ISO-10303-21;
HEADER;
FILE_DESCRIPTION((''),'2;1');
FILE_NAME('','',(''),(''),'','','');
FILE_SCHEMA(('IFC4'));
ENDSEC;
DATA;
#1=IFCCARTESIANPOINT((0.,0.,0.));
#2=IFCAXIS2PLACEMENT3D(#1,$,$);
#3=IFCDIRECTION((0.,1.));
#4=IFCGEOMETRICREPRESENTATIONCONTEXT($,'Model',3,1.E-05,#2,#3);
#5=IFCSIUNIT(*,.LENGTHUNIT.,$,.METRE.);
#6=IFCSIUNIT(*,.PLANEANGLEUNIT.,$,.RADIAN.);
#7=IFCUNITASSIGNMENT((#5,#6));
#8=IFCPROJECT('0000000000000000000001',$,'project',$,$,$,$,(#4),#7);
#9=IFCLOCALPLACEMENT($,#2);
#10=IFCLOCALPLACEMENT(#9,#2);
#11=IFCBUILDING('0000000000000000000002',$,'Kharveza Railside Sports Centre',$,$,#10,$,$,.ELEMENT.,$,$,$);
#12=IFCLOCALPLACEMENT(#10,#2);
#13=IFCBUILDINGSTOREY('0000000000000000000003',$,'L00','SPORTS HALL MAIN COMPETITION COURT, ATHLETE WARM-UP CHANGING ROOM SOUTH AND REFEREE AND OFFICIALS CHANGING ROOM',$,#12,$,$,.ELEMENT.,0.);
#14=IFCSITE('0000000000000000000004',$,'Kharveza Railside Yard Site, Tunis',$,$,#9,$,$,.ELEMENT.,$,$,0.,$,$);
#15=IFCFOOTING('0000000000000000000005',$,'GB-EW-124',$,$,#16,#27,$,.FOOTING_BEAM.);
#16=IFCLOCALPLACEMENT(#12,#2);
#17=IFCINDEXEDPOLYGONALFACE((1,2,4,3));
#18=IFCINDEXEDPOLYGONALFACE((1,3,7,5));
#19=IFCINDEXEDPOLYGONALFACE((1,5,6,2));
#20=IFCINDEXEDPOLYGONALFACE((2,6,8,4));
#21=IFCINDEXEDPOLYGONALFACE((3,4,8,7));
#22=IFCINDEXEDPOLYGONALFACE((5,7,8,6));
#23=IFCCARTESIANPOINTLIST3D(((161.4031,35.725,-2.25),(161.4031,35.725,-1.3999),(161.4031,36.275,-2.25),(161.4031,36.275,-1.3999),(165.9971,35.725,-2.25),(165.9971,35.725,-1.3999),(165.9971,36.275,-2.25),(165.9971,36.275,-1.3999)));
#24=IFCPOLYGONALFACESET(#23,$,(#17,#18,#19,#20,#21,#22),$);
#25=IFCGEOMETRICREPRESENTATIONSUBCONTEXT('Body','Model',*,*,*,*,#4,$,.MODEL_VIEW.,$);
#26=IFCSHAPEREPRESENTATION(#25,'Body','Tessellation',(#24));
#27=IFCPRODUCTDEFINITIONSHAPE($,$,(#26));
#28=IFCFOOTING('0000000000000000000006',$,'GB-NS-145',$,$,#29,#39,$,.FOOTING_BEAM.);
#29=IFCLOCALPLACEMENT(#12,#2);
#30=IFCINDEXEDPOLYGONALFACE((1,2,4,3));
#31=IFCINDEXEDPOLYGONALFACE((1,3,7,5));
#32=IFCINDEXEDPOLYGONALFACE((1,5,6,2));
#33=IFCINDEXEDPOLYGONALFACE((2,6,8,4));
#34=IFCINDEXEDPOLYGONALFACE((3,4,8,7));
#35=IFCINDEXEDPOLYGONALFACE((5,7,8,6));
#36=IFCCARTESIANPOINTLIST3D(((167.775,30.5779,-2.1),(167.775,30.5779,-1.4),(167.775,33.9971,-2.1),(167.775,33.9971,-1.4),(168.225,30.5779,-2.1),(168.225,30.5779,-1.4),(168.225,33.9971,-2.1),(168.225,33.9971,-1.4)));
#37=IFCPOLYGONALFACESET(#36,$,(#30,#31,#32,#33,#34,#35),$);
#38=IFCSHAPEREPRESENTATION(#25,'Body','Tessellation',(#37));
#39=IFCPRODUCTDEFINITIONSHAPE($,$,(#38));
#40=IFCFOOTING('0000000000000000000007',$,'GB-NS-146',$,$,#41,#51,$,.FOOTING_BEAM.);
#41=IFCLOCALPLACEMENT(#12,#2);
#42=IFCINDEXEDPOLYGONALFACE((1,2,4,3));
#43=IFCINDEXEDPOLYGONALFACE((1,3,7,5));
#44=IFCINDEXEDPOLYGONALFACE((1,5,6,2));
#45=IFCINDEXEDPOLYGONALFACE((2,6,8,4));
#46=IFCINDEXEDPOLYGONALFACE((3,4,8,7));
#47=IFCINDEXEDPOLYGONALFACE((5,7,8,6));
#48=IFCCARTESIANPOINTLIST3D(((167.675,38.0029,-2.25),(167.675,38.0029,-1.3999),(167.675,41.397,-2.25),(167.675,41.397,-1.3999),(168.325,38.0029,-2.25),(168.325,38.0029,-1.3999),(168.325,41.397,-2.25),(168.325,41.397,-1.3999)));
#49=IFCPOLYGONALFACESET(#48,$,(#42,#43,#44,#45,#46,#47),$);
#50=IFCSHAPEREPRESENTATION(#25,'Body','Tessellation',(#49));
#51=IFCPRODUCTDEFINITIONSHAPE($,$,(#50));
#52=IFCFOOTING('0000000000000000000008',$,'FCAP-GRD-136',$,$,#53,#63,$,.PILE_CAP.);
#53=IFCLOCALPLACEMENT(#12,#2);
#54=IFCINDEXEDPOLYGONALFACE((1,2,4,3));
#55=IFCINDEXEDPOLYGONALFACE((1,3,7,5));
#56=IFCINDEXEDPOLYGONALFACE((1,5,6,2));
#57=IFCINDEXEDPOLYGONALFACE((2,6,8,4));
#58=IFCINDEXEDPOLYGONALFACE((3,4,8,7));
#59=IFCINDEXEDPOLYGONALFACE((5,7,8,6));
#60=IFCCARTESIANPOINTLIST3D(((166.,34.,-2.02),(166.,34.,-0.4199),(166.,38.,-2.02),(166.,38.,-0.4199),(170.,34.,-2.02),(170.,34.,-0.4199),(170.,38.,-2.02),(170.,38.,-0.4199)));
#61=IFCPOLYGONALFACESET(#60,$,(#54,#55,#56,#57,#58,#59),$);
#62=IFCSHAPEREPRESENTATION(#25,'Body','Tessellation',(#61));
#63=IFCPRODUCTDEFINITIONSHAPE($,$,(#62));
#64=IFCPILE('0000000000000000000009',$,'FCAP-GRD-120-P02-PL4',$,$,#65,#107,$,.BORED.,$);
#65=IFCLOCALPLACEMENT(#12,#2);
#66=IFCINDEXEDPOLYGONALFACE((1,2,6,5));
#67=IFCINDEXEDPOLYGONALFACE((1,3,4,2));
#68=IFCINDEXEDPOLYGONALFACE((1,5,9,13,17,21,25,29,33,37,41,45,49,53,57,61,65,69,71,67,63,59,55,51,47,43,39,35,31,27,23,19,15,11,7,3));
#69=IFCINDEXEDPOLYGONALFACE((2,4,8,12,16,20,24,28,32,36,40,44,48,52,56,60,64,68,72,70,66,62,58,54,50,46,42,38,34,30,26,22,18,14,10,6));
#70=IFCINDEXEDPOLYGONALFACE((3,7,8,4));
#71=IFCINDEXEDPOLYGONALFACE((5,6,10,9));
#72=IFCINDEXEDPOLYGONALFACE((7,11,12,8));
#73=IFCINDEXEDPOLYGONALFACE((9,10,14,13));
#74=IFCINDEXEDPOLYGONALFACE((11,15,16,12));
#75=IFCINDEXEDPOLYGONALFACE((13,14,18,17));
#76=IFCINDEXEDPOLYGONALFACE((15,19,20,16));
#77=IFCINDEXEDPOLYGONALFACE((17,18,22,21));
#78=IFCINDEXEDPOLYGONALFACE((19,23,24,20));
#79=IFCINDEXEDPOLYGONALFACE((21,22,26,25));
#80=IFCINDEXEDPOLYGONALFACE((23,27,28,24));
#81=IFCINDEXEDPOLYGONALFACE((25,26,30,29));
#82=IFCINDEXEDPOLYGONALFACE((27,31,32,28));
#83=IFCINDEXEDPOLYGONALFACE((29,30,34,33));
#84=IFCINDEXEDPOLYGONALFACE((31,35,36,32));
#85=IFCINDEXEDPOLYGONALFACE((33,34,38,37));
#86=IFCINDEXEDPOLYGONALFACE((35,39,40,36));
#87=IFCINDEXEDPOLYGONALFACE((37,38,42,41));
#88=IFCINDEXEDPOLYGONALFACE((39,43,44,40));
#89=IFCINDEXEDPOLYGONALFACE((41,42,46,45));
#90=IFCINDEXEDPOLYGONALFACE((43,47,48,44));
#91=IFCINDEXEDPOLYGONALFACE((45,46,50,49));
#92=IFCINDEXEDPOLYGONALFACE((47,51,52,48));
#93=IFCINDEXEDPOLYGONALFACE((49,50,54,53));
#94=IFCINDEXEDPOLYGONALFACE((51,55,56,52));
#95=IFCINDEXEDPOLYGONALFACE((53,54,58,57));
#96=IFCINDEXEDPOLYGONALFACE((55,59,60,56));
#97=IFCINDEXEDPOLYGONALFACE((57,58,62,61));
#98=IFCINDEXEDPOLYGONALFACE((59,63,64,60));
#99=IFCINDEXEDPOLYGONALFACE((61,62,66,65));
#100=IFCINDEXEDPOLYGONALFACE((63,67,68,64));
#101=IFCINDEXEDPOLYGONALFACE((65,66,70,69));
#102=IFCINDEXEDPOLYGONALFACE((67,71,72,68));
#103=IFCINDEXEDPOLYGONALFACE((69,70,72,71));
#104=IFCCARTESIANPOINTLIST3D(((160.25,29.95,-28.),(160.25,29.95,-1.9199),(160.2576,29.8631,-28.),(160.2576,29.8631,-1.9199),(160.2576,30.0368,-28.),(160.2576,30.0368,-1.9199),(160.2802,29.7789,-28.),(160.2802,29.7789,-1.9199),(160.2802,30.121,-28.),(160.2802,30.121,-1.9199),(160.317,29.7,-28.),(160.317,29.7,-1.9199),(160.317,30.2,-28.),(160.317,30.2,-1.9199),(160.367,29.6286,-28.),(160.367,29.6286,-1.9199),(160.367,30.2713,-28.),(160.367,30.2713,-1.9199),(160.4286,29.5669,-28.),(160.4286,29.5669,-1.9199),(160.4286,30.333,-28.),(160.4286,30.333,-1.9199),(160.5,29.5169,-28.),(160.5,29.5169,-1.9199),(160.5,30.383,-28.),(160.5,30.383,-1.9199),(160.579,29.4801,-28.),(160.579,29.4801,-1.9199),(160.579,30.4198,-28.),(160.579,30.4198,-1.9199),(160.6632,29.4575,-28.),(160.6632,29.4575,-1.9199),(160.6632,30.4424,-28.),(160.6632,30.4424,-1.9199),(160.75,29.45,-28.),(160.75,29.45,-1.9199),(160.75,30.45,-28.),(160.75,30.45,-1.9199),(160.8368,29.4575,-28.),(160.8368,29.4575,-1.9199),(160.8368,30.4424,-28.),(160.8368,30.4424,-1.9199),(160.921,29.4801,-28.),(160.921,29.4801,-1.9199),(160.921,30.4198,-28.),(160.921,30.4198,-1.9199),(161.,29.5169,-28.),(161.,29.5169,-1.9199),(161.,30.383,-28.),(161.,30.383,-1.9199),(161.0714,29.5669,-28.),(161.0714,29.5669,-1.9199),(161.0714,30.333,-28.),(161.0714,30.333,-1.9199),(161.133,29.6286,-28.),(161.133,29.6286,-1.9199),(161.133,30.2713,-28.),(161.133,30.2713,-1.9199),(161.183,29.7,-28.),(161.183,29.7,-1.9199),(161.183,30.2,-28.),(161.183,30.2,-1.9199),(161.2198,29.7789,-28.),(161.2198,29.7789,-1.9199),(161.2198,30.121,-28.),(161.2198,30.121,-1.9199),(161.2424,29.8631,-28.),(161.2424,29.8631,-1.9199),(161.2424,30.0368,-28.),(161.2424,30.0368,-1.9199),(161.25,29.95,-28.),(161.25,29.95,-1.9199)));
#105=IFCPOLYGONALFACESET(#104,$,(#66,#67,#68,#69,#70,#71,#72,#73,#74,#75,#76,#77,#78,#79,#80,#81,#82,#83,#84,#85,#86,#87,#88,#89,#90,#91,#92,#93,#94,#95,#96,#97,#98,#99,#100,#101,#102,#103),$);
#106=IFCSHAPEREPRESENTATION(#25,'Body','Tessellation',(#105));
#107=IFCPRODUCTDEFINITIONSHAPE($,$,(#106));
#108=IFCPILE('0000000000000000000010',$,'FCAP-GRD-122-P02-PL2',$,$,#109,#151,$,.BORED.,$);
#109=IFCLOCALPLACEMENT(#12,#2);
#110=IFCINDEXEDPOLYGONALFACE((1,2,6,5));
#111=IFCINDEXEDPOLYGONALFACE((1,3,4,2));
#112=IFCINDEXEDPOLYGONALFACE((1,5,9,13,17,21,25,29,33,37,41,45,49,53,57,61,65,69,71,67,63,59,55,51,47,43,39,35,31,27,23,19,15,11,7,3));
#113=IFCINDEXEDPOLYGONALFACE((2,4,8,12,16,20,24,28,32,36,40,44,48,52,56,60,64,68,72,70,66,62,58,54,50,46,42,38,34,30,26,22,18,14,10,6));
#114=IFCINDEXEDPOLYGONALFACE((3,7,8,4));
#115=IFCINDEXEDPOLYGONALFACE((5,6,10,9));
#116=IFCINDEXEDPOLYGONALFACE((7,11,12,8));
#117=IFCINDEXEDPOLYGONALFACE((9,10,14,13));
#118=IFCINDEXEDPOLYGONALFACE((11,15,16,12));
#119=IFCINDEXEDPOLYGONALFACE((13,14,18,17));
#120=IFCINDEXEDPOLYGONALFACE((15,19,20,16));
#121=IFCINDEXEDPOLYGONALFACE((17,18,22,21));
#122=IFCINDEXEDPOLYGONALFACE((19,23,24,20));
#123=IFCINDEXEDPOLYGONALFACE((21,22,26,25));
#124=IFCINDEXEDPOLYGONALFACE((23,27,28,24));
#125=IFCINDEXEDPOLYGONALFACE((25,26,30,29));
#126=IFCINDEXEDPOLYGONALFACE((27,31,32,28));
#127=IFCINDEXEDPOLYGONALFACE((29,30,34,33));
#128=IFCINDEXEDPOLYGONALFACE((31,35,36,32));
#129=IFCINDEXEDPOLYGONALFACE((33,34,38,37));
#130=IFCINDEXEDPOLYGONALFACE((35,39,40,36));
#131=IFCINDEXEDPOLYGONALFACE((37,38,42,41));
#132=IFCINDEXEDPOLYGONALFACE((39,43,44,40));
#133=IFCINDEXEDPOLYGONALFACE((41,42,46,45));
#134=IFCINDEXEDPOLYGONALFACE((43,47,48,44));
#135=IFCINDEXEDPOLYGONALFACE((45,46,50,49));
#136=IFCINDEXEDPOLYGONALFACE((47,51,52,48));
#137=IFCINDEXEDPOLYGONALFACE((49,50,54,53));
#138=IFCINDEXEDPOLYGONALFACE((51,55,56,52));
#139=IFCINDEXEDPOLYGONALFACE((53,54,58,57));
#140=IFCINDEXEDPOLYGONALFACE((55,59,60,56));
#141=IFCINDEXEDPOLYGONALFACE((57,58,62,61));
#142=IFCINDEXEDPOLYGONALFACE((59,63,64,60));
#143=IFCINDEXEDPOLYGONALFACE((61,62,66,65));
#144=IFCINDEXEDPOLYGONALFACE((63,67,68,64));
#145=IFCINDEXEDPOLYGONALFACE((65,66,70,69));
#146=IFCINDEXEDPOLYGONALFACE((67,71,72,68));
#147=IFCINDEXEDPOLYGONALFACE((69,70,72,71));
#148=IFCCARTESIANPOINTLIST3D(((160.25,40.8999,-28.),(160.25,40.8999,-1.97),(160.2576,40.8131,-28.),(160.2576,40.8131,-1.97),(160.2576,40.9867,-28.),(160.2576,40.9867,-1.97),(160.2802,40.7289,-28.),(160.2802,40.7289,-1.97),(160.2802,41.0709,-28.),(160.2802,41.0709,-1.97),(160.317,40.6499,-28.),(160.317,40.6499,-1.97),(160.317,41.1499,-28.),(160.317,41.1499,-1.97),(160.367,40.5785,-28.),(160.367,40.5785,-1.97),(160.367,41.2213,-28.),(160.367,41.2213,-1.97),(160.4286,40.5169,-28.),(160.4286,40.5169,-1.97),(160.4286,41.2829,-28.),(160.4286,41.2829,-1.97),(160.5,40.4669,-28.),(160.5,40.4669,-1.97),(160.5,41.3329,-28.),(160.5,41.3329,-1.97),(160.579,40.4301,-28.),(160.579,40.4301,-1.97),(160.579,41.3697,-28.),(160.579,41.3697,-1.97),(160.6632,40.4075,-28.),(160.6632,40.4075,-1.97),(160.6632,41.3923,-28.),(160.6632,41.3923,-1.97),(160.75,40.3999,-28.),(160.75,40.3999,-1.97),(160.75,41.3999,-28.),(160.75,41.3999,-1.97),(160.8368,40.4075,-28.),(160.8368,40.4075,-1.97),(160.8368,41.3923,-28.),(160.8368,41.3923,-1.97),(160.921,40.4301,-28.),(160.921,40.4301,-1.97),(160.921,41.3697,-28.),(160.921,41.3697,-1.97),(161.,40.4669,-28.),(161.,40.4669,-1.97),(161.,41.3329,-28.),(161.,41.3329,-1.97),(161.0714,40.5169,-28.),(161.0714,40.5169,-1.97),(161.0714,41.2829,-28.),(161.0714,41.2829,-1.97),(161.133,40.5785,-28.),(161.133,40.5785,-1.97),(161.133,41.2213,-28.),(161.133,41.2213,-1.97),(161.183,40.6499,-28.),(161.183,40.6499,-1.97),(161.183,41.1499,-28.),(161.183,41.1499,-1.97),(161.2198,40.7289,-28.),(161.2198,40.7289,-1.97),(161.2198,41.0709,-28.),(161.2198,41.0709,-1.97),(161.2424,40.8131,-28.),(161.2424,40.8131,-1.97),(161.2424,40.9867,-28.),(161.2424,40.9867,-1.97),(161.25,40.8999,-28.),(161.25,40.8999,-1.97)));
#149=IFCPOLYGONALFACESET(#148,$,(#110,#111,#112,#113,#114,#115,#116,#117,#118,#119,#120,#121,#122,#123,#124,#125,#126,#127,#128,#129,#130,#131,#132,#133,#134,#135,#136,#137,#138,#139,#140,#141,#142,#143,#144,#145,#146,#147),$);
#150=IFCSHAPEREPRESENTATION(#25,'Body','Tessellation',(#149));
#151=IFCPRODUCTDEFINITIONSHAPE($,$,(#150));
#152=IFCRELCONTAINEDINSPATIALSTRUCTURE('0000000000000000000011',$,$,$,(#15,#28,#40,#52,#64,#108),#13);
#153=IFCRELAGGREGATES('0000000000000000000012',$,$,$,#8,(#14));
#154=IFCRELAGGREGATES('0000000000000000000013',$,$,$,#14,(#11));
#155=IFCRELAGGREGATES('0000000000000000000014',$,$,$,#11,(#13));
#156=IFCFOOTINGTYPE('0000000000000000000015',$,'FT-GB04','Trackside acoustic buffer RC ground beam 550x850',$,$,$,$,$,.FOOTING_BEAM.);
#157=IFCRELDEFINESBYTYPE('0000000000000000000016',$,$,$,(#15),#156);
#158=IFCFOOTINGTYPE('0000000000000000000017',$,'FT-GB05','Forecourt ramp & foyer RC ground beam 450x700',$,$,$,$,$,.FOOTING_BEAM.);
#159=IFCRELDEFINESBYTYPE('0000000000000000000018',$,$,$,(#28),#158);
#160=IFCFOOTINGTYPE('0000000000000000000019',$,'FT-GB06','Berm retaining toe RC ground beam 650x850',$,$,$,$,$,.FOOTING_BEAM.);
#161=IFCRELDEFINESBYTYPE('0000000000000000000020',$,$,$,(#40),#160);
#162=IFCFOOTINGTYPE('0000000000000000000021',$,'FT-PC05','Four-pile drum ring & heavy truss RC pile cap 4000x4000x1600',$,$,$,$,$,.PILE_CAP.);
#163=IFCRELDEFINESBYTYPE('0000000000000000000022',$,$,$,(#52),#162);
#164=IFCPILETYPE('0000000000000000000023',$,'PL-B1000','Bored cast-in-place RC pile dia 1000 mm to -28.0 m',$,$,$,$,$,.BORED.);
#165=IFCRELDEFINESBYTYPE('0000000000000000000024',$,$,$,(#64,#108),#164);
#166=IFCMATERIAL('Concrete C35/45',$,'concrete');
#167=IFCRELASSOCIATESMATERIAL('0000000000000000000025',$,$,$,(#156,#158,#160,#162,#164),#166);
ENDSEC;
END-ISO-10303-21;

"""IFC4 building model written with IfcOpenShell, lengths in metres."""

from ifc_helpers import new_model, si_unit, direction, frame, origin, origin_2d, place, context, subcontext, project, spatial, rectangle, circle, extrude, material, material_profile, profile_set, type_object, element, save


model = new_model("IFC4")

# Units and contexts
model_context = context("Model", 3, precision=1e-05, world=origin(), true_north=direction((0.0, 1.0)))
body_context = subcontext(model_context, "Body", "Model", "MODEL_VIEW")
ifc_project = project(units=[si_unit("LENGTHUNIT", "METRE"), si_unit("PLANEANGLEUNIT", "RADIAN")], contexts=[model_context])

# Site, building, storey
site_placement = place(None, origin())
site = spatial("IfcSite", under=ifc_project, at=site_placement, Name="Kharveza Railside Yard Site, Tunis", CompositionType="ELEMENT", RefElevation=0.0)
building_placement = place(site_placement, origin())
building = spatial("IfcBuilding", under=site, at=building_placement, Name="Kharveza Railside Sports Centre", CompositionType="ELEMENT")
storey_placement = place(building_placement, origin())
storey = spatial("IfcBuildingStorey", under=building, at=storey_placement, Name="L00", Description="SPORTS HALL MAIN COMPETITION COURT, ATHLETE WARM-UP CHANGING ROOM SOUTH AND REFEREE AND OFFICIALS CHANGING ROOM", CompositionType="ELEMENT", Elevation=0.0)

# Footings
ifc_material_1 = material(Name="Concrete C35/45", Category="concrete")
ifc_material_profile_1 = material_profile(ifc_material_1, rectangle(XDim=0.55, YDim=0.8501, at=origin_2d()), Name="GB 550x850")
ifc_profile_set_1 = profile_set([ifc_material_profile_1], Name="Concrete C35/45")
footing_type_1 = type_object("IfcFootingType", Name="FT-GB04", Description="Trackside acoustic buffer RC ground beam 550x850", PredefinedType="FOOTING_BEAM", material=ifc_profile_set_1)
footing_1_placement = place(storey_placement, frame((161.4031, 36.0, -1.825), z_axis=(1.0, 0.0, 0.0), x_axis=(0.0, 1.0, 0.0)))
element("IfcFooting", 1, at=footing_1_placement, inside=storey, type_object=footing_type_1, Name="GB-EW-124", PredefinedType="FOOTING_BEAM", context=body_context, shape_type="SweptSolid", body=[
    extrude(rectangle(XDim=0.55, YDim=0.8501, at=origin_2d()), origin(), (0.0, 0.0, 1.0), 4.594),
])
ifc_material_profile_2 = material_profile(ifc_material_1, rectangle(XDim=0.45, YDim=0.7, at=origin_2d()), Name="GB 450x700")
ifc_profile_set_2 = profile_set([ifc_material_profile_2], Name="Concrete C35/45")
footing_type_2 = type_object("IfcFootingType", Name="FT-GB05", Description="Forecourt ramp & foyer RC ground beam 450x700", PredefinedType="FOOTING_BEAM", material=ifc_profile_set_2)
footing_2_placement = place(storey_placement, frame((168.0, 30.5779, -1.75), z_axis=(0.0, 1.0, 0.0), x_axis=(-1.0, 0.0, 0.0)))
element("IfcFooting", 2, at=footing_2_placement, inside=storey, type_object=footing_type_2, Name="GB-NS-145", PredefinedType="FOOTING_BEAM", context=body_context, shape_type="SweptSolid", body=[
    extrude(rectangle(XDim=0.45, YDim=0.7, at=origin_2d()), origin(), (0.0, 0.0, 1.0), 3.4192),
])
ifc_material_profile_3 = material_profile(ifc_material_1, rectangle(XDim=0.6499, YDim=0.8501, at=origin_2d()), Name="GB 650x850")
ifc_profile_set_3 = profile_set([ifc_material_profile_3], Name="Concrete C35/45")
footing_type_3 = type_object("IfcFootingType", Name="FT-GB06", Description="Berm retaining toe RC ground beam 650x850", PredefinedType="FOOTING_BEAM", material=ifc_profile_set_3)
footing_3_placement = place(storey_placement, frame((168.0, 38.0029, -1.825), z_axis=(0.0, 1.0, 0.0), x_axis=(-1.0, 0.0, 0.0)))
element("IfcFooting", 3, at=footing_3_placement, inside=storey, type_object=footing_type_3, Name="GB-NS-146", PredefinedType="FOOTING_BEAM", context=body_context, shape_type="SweptSolid", body=[
    extrude(rectangle(XDim=0.6499, YDim=0.8501, at=origin_2d()), origin(), (0.0, 0.0, 1.0), 3.394),
])
footing_type_4 = type_object("IfcFootingType", Name="FT-PC05", Description="Four-pile drum ring & heavy truss RC pile cap 4000x4000x1600", PredefinedType="PILE_CAP", material=ifc_material_1)
footing_4_placement = place(storey_placement, frame((168.0, 36.0, -2.02), z_axis=(0.0, 0.0, 1.0), x_axis=(1.0, 0.0, 0.0)))
element("IfcFooting", 4, at=footing_4_placement, inside=storey, type_object=footing_type_4, Name="FCAP-GRD-136", PredefinedType="PILE_CAP", context=body_context, shape_type="SweptSolid", body=[
    extrude(rectangle(XDim=4.0, YDim=4.0, at=origin_2d()), origin(), (0.0, 0.0, 1.0), 1.6001),
])

# Piles
ifc_material_profile_4 = material_profile(ifc_material_1, circle(Radius=0.5, at=origin_2d()), Name="PILE D1000")
ifc_profile_set_4 = profile_set([ifc_material_profile_4], Name="Concrete C35/45")
pile_type_1 = type_object("IfcPileType", Name="PL-B1000", Description="Bored cast-in-place RC pile dia 1000 mm to -28.0 m", PredefinedType="BORED", material=ifc_profile_set_4)
pile_1_placement = place(storey_placement, frame((160.75, 29.95, -1.9199), z_axis=(0.0, 0.0, -1.0), x_axis=(1.0, 0.0, 0.0)))
element("IfcPile", 5, at=pile_1_placement, inside=storey, type_object=pile_type_1, Name="FCAP-GRD-120-P02-PL4", PredefinedType="BORED", context=body_context, shape_type="SweptSolid", body=[
    extrude(circle(Radius=0.5, at=origin_2d()), origin(), (0.0, 0.0, 1.0), 26.0801),
])
pile_2_placement = place(storey_placement, frame((160.75, 40.8999, -1.97), z_axis=(0.0, 0.0, -1.0), x_axis=(1.0, 0.0, 0.0)))
element("IfcPile", 6, at=pile_2_placement, inside=storey, type_object=pile_type_1, Name="FCAP-GRD-122-P02-PL2", PredefinedType="BORED", context=body_context, shape_type="SweptSolid", body=[
    extrude(circle(Radius=0.5, at=origin_2d()), origin(), (0.0, 0.0, 1.0), 26.03),
])

save(model, "model.ifc")
